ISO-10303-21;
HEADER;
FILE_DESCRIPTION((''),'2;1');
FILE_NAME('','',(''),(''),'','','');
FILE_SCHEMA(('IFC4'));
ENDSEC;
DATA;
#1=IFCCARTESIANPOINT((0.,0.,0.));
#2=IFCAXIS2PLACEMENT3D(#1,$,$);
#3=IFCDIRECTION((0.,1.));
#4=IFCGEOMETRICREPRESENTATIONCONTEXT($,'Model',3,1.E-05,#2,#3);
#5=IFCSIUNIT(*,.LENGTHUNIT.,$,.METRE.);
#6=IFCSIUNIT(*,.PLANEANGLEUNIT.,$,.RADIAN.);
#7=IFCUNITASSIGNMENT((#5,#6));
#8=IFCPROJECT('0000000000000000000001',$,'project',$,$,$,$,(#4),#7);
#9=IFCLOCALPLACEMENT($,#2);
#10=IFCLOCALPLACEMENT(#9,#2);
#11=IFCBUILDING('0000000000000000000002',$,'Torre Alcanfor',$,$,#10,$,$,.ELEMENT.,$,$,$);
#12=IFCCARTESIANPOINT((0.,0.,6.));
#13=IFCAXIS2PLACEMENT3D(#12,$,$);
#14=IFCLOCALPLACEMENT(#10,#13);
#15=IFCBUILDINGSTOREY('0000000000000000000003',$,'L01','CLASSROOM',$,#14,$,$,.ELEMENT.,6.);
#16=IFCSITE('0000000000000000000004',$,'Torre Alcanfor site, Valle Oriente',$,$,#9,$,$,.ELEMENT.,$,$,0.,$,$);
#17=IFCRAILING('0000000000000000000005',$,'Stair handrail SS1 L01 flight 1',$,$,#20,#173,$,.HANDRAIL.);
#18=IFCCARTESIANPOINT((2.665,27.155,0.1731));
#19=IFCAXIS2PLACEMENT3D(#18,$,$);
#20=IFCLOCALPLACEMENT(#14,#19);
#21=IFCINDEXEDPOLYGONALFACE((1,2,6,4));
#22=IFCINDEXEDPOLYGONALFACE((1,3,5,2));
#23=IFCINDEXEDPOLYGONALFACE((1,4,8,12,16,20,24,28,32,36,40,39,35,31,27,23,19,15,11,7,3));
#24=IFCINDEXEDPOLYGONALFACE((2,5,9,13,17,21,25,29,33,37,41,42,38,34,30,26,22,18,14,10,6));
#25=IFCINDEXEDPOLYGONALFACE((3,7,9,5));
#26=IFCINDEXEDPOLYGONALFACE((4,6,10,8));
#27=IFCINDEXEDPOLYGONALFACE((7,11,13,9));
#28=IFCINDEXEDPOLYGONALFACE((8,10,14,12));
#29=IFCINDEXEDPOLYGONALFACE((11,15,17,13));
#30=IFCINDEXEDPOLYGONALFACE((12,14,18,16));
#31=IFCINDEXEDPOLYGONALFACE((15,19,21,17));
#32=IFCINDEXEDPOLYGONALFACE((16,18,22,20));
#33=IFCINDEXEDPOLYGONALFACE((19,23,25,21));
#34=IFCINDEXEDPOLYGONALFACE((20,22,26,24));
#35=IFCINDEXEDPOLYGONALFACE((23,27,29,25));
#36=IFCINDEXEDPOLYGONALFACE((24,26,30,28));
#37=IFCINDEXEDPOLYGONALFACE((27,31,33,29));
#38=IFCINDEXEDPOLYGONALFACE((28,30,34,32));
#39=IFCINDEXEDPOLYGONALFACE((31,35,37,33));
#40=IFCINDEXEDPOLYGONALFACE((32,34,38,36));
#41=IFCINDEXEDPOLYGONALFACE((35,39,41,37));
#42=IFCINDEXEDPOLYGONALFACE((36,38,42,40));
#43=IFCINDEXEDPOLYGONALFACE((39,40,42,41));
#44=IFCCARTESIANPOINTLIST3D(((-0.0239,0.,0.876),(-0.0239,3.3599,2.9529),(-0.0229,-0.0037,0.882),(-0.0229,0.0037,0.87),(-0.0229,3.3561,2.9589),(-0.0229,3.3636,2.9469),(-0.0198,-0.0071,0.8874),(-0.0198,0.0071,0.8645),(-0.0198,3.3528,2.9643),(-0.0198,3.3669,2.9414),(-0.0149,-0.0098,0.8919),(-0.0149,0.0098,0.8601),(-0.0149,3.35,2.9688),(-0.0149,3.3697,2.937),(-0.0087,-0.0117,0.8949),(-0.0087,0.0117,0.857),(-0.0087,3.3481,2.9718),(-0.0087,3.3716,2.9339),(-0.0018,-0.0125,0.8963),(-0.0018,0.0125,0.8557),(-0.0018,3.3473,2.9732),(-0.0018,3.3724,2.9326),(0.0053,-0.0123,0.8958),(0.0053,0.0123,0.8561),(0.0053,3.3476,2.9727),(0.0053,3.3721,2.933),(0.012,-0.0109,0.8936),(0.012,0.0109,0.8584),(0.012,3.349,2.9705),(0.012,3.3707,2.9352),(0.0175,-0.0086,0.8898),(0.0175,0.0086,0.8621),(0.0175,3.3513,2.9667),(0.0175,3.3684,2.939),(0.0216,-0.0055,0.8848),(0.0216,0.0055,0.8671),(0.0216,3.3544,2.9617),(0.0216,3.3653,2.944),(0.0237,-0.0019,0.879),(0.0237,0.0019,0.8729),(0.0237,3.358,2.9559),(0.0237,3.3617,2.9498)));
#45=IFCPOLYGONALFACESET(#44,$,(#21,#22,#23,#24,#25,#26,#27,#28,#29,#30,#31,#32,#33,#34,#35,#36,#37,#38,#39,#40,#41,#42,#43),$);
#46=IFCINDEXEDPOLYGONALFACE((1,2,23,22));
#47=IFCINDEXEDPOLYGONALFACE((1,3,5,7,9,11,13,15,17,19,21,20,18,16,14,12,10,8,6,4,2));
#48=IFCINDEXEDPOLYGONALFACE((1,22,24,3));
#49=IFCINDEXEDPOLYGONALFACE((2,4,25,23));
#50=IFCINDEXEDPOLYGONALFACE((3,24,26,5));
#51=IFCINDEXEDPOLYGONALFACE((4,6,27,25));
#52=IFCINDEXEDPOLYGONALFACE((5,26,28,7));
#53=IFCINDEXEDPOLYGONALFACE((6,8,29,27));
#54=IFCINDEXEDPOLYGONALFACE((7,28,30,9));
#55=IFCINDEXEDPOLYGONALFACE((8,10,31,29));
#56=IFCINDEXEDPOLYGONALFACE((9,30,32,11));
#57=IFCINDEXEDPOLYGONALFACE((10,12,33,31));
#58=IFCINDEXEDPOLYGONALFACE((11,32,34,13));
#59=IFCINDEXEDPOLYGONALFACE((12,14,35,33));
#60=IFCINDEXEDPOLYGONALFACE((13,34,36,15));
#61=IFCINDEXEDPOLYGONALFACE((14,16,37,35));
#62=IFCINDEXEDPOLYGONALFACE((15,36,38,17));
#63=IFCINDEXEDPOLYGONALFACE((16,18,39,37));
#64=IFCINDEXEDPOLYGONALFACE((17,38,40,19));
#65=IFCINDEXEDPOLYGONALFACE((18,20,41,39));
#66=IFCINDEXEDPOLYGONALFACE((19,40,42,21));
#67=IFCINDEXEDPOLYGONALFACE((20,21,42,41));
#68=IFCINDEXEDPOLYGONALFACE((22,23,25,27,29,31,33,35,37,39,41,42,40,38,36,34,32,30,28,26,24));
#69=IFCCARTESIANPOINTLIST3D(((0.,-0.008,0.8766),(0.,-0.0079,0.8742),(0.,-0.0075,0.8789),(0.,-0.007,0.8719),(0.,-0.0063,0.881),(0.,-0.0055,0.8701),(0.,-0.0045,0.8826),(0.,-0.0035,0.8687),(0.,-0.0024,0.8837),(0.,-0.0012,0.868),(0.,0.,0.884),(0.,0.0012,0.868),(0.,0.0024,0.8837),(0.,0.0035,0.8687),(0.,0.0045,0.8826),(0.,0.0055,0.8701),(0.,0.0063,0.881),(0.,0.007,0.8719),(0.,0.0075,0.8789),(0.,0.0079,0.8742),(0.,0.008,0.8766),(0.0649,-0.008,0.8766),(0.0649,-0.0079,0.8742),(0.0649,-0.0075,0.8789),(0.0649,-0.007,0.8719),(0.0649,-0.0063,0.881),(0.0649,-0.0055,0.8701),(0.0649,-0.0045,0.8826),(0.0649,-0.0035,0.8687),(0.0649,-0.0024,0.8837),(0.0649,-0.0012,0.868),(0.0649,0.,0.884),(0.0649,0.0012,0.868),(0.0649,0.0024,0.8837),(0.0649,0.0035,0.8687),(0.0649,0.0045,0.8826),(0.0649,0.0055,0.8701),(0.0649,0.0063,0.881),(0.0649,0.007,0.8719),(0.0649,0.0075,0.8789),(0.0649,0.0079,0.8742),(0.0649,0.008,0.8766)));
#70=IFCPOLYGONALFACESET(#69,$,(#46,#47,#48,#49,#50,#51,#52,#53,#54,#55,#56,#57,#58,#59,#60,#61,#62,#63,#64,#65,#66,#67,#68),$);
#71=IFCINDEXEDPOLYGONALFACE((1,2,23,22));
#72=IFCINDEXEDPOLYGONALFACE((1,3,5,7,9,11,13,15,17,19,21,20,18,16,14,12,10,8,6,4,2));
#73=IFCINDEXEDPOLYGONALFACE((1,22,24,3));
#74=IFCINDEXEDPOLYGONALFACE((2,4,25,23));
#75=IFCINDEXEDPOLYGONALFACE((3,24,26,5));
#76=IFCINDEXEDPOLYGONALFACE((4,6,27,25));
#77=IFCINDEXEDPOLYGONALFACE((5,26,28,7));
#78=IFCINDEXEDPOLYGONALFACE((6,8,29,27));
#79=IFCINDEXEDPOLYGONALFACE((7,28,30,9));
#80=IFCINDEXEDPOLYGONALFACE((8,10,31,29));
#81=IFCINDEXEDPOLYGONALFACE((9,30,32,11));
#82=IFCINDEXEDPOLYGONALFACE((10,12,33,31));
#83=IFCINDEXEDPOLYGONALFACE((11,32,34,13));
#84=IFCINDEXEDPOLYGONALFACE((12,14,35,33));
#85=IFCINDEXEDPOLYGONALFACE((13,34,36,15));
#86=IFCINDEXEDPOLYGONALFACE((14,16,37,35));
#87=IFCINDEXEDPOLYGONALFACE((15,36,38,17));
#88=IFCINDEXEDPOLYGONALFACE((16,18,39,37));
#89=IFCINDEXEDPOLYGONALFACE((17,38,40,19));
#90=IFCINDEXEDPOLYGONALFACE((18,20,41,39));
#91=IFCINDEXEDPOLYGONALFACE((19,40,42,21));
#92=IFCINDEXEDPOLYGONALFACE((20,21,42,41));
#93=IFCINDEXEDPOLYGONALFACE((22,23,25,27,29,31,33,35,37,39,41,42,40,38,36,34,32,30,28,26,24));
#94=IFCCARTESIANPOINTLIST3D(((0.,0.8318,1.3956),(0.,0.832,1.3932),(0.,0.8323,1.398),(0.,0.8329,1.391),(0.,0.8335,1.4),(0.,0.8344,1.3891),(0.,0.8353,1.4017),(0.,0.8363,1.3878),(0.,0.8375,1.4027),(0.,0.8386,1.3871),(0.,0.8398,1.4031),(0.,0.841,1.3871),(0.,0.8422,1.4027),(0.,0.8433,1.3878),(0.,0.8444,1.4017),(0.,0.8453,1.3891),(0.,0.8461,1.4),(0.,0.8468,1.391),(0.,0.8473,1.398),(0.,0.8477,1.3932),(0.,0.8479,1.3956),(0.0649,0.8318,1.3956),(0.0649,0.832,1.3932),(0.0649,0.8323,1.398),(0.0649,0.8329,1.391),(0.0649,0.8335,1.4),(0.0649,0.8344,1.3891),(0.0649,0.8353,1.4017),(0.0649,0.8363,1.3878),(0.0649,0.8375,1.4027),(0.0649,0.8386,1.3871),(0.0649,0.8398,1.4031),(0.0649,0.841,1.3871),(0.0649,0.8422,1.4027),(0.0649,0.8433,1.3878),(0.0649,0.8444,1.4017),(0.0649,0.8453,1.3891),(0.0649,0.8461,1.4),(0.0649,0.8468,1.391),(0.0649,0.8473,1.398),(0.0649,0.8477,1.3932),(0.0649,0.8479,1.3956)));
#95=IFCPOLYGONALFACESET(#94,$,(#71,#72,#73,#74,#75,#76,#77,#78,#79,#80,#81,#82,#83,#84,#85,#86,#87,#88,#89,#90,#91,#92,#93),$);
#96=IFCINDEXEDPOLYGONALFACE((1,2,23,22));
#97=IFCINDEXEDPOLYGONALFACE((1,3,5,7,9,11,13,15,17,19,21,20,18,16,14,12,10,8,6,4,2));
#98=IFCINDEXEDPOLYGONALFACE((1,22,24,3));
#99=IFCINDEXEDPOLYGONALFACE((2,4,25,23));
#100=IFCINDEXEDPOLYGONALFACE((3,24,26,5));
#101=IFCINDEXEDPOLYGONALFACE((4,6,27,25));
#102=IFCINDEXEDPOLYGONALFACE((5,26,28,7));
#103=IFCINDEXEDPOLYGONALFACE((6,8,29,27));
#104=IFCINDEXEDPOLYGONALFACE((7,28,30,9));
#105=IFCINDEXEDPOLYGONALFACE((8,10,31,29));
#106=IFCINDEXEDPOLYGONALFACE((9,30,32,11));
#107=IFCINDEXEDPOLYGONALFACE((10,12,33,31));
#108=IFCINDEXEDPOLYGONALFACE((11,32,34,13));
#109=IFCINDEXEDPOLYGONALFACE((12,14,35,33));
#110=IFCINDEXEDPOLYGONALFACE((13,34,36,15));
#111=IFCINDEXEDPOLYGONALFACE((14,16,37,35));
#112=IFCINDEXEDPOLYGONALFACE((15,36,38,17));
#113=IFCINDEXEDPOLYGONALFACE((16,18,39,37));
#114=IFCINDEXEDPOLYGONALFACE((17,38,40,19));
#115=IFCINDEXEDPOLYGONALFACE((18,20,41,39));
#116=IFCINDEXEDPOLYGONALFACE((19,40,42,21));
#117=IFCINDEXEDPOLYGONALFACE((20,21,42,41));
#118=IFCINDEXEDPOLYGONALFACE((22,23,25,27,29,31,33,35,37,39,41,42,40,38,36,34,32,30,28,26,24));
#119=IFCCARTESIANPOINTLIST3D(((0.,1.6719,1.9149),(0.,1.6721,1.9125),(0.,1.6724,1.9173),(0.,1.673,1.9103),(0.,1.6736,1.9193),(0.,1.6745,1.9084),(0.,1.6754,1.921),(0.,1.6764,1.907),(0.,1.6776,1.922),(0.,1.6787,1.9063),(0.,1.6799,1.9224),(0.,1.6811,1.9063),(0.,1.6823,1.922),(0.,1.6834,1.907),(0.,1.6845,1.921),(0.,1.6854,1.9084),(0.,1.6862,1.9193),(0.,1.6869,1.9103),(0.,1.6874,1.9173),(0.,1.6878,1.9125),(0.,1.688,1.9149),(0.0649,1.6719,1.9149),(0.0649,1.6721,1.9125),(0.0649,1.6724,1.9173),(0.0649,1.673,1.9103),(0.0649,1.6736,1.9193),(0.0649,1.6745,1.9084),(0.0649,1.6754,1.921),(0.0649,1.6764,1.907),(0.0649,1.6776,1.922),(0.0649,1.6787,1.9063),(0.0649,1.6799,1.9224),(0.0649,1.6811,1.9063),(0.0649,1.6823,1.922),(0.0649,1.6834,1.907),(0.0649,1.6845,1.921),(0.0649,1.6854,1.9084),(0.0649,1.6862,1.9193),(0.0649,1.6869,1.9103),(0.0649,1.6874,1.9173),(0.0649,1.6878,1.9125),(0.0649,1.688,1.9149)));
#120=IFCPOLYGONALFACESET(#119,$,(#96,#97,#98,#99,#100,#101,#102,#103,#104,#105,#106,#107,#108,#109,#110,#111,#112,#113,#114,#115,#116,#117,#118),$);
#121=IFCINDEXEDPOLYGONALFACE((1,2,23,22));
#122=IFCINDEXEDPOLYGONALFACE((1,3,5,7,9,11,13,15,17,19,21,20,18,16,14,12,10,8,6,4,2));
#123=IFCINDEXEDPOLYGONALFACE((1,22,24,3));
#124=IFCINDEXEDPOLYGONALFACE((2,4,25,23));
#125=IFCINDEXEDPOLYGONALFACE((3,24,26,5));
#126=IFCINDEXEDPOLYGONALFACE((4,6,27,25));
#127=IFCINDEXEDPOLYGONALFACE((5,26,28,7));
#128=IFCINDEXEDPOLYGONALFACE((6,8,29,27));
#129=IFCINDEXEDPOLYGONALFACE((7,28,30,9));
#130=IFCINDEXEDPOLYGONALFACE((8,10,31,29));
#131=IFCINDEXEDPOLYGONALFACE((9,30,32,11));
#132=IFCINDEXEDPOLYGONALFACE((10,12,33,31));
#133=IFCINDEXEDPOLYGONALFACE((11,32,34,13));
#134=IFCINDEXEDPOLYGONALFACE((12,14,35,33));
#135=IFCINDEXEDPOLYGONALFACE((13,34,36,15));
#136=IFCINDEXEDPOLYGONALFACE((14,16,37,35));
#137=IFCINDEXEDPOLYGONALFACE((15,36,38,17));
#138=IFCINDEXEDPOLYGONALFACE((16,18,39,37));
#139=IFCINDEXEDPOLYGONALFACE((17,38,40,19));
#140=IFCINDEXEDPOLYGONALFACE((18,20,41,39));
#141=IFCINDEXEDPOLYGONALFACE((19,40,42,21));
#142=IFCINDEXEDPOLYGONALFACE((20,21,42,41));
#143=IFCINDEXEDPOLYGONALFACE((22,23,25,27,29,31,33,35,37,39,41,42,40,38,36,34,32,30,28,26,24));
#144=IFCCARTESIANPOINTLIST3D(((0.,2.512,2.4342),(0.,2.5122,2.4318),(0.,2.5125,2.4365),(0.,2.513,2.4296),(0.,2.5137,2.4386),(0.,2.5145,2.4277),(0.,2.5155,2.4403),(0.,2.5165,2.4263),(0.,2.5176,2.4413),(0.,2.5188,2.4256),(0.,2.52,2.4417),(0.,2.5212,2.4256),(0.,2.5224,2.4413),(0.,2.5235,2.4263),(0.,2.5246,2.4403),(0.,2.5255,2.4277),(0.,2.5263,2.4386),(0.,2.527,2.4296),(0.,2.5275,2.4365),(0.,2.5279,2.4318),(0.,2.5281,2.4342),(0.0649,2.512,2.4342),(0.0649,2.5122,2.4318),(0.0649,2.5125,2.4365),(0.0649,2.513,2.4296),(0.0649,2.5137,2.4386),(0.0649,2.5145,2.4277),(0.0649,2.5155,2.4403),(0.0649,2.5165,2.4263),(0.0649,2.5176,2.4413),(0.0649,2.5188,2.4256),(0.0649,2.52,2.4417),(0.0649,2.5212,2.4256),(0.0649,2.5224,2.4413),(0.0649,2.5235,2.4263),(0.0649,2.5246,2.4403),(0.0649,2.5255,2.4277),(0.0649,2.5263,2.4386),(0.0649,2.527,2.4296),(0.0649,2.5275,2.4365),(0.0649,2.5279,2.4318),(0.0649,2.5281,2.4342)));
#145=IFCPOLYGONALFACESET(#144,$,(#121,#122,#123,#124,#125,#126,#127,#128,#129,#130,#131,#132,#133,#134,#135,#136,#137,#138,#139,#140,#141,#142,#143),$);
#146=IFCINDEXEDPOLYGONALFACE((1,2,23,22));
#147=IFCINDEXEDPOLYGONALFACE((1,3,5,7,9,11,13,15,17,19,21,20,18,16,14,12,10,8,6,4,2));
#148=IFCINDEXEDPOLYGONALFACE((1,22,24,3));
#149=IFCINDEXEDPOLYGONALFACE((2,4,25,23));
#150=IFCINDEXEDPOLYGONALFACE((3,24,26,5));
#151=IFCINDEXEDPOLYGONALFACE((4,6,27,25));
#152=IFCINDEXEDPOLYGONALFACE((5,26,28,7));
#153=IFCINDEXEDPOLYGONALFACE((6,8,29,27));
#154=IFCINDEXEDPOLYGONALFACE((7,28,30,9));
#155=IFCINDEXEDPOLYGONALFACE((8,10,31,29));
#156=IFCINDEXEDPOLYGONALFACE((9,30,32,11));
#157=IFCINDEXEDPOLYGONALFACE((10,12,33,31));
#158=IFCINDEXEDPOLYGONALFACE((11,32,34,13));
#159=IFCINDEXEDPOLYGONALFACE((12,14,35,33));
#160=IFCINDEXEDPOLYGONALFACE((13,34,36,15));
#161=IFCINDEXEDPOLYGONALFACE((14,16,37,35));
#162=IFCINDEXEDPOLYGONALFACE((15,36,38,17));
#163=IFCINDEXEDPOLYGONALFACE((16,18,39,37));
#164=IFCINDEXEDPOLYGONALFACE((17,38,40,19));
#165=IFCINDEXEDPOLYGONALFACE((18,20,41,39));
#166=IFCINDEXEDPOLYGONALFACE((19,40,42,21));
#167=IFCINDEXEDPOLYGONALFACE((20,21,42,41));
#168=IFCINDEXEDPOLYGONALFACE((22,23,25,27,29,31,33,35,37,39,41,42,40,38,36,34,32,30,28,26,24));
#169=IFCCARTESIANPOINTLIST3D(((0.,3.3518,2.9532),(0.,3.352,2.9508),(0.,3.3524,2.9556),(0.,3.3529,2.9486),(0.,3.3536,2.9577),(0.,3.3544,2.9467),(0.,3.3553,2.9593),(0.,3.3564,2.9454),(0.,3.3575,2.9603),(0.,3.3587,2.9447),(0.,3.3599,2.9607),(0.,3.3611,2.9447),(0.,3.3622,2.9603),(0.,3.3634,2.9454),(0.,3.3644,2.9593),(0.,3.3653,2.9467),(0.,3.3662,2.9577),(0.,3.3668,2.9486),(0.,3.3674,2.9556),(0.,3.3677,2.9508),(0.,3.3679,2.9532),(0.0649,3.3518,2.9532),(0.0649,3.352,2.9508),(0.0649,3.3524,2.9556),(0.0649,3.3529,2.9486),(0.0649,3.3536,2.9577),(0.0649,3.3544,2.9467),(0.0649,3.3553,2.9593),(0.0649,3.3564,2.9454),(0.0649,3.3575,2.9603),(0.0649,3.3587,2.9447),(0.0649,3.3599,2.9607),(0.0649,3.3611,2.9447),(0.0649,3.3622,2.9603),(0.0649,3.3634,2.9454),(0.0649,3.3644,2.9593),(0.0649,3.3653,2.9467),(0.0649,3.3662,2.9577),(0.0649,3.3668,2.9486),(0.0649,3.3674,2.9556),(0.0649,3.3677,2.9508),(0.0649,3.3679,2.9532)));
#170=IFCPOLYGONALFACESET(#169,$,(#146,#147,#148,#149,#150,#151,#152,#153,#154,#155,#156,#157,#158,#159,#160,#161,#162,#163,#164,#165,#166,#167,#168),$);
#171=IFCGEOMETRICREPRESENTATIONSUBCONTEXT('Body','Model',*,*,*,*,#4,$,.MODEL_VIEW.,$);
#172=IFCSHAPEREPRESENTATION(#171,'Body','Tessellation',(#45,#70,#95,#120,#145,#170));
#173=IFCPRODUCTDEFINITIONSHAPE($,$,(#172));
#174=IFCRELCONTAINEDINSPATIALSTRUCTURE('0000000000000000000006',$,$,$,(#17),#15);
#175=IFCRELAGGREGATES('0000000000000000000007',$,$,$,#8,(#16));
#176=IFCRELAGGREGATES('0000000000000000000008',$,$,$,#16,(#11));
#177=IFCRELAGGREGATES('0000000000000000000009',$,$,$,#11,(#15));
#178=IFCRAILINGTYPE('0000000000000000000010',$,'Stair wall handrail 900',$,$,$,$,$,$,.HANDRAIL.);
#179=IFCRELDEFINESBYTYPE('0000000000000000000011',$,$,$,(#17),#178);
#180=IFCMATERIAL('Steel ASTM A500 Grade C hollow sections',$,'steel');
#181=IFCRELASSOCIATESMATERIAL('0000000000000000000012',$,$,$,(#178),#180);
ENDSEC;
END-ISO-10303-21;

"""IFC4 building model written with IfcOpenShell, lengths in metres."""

from ifc_helpers import new_model, si_unit, direction, frame, origin, origin_2d, place, context, subcontext, project, spatial, circle, extrude, material, type_object, element, save


model = new_model("IFC4")

# Units and contexts
model_context = context("Model", 3, precision=1e-05, world=origin(), true_north=direction((0.0, 1.0)))
body_context = subcontext(model_context, "Body", "Model", "MODEL_VIEW")
ifc_project = project(units=[si_unit("LENGTHUNIT", "METRE"), si_unit("PLANEANGLEUNIT", "RADIAN")], contexts=[model_context])

# Site, building, storey
site_placement = place(None, origin())
site = spatial("IfcSite", under=ifc_project, at=site_placement, Name="Torre Alcanfor site, Valle Oriente", CompositionType="ELEMENT", RefElevation=0.0)
building_placement = place(site_placement, origin())
building = spatial("IfcBuilding", under=site, at=building_placement, Name="Torre Alcanfor", CompositionType="ELEMENT")
storey_placement = place(building_placement, frame((0.0, 0.0, 6.0)))
storey = spatial("IfcBuildingStorey", under=building, at=storey_placement, Name="L01", Description="CLASSROOM", CompositionType="ELEMENT", Elevation=6.0)

# Railing
ifc_material_1 = material(Name="Steel ASTM A500 Grade C hollow sections", Category="steel")
railing_type_1 = type_object("IfcRailingType", Name="Stair wall handrail 900", PredefinedType="HANDRAIL", material=ifc_material_1)
railing_1_placement = place(storey_placement, frame((2.665, 27.155, 0.1731)))
element("IfcRailing", 1, at=railing_1_placement, inside=storey, type_object=railing_type_1, Name="Stair handrail SS1 L01 flight 1", PredefinedType="HANDRAIL", context=body_context, shape_type="SweptSolid", body=[
    extrude(circle(Radius=0.0239, at=origin_2d()), frame((0.0, 0.0, 0.876), z_axis=(0.0, 0.850606, 0.525803), x_axis=(-1.0, 0.0, 0.0)), (0.0, 0.0, 1.0), 3.95),
    extrude(circle(Radius=0.0081, at=origin_2d()), frame((0.0, 0.0, 0.876), z_axis=(1.0, 0.0, 0.0), x_axis=(0.0, 0.0, 1.0)), (0.0, 0.0, 1.0), 0.0649),
    extrude(circle(Radius=0.0081, at=origin_2d()), frame((0.0, 0.8398, 1.395), z_axis=(1.0, 0.0, 0.0), x_axis=(0.0, 0.0, 1.0)), (0.0, 0.0, 1.0), 0.0649),
    extrude(circle(Radius=0.0081, at=origin_2d()), frame((0.0, 1.6799, 1.9143), z_axis=(1.0, 0.0, 0.0), x_axis=(0.0, 0.0, 1.0)), (0.0, 0.0, 1.0), 0.0649),
    extrude(circle(Radius=0.0081, at=origin_2d()), frame((0.0, 2.52, 2.4336), z_axis=(1.0, 0.0, 0.0), x_axis=(0.0, 0.0, 1.0)), (0.0, 0.0, 1.0), 0.0649),
    extrude(circle(Radius=0.0081, at=origin_2d()), frame((0.0, 3.3599, 2.9526), z_axis=(1.0, 0.0, 0.0), x_axis=(0.0, 0.0, 1.0)), (0.0, 0.0, 1.0), 0.0649),
])

save(model, "model.ifc")
